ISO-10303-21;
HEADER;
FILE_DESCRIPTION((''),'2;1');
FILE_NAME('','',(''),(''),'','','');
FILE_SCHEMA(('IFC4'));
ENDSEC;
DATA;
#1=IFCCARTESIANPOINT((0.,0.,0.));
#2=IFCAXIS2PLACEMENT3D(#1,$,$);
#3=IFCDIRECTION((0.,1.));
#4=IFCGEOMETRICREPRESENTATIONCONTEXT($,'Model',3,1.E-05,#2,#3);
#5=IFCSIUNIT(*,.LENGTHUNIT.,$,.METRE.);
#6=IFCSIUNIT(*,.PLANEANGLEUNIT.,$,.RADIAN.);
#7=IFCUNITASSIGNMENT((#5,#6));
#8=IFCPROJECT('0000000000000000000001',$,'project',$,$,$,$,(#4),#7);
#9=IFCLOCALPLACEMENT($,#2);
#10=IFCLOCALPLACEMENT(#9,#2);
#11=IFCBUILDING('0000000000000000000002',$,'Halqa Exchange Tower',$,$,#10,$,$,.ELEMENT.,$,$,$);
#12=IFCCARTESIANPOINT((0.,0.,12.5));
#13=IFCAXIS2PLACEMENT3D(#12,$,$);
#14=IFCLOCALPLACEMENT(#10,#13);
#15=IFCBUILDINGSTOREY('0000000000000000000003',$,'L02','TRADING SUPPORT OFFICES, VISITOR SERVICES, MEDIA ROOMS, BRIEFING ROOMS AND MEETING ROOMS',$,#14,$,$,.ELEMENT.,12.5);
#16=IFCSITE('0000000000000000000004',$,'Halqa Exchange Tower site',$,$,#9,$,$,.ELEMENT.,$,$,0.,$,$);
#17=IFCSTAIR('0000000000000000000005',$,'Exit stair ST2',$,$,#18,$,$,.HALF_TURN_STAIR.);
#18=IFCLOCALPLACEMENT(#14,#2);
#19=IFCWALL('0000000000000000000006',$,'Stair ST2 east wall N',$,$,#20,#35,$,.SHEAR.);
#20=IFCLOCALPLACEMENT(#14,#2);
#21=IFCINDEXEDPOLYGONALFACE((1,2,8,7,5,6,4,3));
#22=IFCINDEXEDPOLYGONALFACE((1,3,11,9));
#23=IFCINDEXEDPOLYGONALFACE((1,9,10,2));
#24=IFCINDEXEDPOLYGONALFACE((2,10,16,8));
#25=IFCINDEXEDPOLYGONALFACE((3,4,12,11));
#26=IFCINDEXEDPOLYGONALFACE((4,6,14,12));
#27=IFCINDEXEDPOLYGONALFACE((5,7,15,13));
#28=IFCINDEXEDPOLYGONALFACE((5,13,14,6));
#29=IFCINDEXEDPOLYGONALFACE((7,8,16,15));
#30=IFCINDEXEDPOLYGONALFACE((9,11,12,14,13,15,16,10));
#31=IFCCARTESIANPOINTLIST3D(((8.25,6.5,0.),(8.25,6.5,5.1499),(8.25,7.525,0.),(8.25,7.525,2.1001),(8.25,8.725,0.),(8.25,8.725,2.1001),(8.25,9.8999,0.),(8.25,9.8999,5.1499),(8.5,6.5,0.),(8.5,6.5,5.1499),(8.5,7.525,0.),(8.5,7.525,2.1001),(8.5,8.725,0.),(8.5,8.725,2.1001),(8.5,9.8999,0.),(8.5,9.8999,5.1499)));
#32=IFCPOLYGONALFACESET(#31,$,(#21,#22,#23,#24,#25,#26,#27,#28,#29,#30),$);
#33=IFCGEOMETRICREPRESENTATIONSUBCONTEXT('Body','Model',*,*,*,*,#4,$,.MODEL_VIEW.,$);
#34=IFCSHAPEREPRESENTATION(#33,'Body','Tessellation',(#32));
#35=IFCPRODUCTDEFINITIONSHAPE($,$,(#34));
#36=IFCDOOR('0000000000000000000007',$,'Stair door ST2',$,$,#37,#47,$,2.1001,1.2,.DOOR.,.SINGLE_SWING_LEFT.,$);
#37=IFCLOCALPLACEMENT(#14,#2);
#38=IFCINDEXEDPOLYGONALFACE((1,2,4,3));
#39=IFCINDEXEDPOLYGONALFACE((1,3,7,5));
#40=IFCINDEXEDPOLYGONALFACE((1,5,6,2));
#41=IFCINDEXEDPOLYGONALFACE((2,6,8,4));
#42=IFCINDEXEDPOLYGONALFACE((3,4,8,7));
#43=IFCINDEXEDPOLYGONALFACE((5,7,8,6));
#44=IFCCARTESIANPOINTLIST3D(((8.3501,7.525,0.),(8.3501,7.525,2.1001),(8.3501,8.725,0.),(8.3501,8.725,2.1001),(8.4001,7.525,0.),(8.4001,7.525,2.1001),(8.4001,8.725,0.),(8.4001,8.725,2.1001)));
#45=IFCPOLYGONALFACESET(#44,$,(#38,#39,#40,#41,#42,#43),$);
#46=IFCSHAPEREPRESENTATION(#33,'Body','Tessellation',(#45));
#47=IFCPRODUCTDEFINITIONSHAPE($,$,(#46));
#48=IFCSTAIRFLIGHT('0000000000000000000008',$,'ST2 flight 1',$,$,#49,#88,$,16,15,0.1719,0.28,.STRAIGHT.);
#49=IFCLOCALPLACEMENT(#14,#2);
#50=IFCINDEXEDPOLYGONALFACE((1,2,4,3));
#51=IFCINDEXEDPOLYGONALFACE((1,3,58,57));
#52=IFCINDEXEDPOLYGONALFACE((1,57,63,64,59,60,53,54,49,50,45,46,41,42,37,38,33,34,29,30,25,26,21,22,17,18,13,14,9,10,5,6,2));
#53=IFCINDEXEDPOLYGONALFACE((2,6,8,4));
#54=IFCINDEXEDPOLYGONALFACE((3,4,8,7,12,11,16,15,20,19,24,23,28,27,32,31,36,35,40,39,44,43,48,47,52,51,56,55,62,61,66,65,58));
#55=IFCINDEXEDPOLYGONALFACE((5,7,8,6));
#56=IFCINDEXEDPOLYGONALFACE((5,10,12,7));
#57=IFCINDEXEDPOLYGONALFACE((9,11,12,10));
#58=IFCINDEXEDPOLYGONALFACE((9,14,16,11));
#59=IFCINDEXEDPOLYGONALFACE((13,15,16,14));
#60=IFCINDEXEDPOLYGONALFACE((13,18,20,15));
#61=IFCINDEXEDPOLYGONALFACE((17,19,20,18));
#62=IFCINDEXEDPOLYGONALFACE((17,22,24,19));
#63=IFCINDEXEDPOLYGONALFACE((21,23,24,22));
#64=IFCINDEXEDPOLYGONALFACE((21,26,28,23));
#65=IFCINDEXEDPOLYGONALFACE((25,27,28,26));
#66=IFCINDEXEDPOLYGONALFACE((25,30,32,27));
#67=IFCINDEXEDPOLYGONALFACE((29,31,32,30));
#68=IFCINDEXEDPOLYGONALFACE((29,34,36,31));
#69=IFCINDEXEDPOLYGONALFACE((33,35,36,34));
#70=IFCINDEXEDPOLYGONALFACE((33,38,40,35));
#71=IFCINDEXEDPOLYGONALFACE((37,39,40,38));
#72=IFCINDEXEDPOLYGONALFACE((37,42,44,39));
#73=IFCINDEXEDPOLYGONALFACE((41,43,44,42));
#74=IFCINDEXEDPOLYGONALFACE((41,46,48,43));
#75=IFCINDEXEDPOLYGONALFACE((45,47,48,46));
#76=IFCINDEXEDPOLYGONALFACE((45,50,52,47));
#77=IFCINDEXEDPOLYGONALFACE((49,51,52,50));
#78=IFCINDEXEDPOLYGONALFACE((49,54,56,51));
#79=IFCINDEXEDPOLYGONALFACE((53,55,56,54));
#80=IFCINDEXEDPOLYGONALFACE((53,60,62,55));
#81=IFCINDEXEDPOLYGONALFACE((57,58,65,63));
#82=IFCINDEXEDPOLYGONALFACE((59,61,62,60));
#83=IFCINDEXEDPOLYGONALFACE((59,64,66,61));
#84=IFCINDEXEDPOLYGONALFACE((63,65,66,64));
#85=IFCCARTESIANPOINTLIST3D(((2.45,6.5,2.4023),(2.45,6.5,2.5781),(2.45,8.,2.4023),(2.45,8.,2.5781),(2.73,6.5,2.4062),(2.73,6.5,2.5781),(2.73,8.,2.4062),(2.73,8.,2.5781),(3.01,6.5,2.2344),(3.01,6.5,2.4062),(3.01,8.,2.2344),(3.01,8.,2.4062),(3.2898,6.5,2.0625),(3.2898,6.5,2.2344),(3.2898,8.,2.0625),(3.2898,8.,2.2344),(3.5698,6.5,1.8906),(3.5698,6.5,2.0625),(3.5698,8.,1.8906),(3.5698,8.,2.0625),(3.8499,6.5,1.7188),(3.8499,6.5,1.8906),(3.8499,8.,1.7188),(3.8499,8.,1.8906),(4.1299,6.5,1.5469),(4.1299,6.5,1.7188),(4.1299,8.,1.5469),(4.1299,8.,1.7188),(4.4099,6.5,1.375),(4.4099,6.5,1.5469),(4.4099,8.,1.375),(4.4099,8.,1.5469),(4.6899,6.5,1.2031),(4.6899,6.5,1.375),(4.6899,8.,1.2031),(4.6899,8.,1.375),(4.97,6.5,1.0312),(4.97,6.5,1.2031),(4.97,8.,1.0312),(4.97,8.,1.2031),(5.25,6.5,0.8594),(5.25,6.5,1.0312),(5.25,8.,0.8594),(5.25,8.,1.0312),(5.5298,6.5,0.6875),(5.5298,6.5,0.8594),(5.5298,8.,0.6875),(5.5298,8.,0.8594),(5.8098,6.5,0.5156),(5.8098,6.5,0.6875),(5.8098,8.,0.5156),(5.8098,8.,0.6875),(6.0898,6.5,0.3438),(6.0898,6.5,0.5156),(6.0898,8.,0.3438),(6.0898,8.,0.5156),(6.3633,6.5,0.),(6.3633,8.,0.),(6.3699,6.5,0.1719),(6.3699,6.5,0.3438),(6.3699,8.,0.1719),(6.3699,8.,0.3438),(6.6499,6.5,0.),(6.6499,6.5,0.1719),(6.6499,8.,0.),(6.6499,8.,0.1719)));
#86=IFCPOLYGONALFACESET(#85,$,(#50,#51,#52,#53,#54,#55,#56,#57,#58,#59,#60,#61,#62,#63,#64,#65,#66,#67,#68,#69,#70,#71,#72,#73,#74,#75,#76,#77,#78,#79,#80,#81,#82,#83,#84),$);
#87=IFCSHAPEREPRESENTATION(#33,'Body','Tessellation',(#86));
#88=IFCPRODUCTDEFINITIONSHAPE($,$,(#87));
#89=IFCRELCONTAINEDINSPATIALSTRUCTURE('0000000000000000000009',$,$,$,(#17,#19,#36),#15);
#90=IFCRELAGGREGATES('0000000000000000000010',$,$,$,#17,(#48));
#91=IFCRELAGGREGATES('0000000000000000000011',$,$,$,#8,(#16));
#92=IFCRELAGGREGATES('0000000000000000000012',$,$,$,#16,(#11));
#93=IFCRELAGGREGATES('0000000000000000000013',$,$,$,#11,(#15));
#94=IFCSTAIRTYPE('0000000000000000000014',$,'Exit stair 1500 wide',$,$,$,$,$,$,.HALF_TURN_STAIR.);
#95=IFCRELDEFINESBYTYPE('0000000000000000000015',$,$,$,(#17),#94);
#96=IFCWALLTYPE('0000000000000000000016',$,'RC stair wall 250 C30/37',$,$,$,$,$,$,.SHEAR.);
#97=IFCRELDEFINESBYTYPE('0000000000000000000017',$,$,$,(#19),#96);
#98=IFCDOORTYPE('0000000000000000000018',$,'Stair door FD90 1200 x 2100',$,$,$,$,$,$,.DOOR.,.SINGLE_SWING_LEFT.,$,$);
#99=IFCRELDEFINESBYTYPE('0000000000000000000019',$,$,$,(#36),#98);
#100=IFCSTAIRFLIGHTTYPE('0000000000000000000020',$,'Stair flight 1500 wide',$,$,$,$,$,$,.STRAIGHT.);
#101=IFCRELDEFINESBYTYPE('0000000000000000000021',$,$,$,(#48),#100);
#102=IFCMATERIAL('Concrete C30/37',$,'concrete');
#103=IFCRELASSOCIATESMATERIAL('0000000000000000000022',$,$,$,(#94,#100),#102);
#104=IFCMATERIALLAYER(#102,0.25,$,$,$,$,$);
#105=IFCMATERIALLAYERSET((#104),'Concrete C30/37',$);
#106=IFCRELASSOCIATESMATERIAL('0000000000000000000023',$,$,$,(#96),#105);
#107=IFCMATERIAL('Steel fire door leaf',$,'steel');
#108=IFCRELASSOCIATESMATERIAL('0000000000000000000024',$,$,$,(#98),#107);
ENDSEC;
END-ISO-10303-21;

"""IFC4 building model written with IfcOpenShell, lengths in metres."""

from ifc_helpers import new_model, si_unit, direction, frame, frame_2d, origin, place, context, subcontext, project, spatial, polyline, rectangle, outline, extrude, material, layer, layer_set, type_object, element, fill, aggregate, save


model = new_model("IFC4")

# Units and contexts
model_context = context("Model", 3, precision=1e-05, world=origin(), true_north=direction((0.0, 1.0)))
body_context = subcontext(model_context, "Body", "Model", "MODEL_VIEW")
ifc_project = project(units=[si_unit("LENGTHUNIT", "METRE"), si_unit("PLANEANGLEUNIT", "RADIAN")], contexts=[model_context])

# Site, building, storey
site_placement = place(None, origin())
site = spatial("IfcSite", under=ifc_project, at=site_placement, Name="Halqa Exchange Tower site", CompositionType="ELEMENT", RefElevation=0.0)
building_placement = place(site_placement, origin())
building = spatial("IfcBuilding", under=site, at=building_placement, Name="Halqa Exchange Tower", CompositionType="ELEMENT")
storey_placement = place(building_placement, frame((0.0, 0.0, 12.5)))
storey = spatial("IfcBuildingStorey", under=building, at=storey_placement, Name="L02", Description="TRADING SUPPORT OFFICES, VISITOR SERVICES, MEDIA ROOMS, BRIEFING ROOMS AND MEETING ROOMS", CompositionType="ELEMENT", Elevation=12.5)

# Stair
ifc_material_1 = material(Name="Concrete C30/37", Category="concrete")
stair_type_1 = type_object("IfcStairType", Name="Exit stair 1500 wide", PredefinedType="HALF_TURN_STAIR", material=ifc_material_1)
stair_1_placement = place(storey_placement, origin())
stair_1 = element("IfcStair", 1, at=stair_1_placement, inside=storey, type_object=stair_type_1, Name="Exit stair ST2", PredefinedType="HALF_TURN_STAIR")

# Shared definitions
ifc_layer_1 = layer(ifc_material_1, 0.25)
ifc_layer_set_1 = layer_set([ifc_layer_1], Name="Concrete C30/37")
wall_type_1 = type_object("IfcWallType", Name="RC stair wall 250 C30/37", PredefinedType="SHEAR", material=ifc_layer_set_1)

# Wall, opening, door
wall_1_placement = place(storey_placement, frame((8.375, 6.5, 0.0), z_axis=(0.0, 0.0, 1.0), x_axis=(0.0, 1.0, 0.0)))
wall_1 = element("IfcWall", 2, at=wall_1_placement, inside=storey, type_object=wall_type_1, Name="Stair ST2 east wall N", PredefinedType="SHEAR", context=body_context, shape_type="SweptSolid", body=[
    extrude(rectangle(XDim=3.3999, YDim=0.25, at=frame_2d((1.7, 0.0))), origin(), (0.0, 0.0, 1.0), 5.1499),
])
opening_placement = place(wall_1_placement, frame((1.0249, 0.0, 0.0)))
opening = element("IfcOpeningElement", 3, at=opening_placement, cuts=wall_1, PredefinedType="OPENING", context=body_context, shape_type="SweptSolid", body=[
    extrude(rectangle(XDim=1.2, YDim=2.1001, at=frame_2d((0.6001, 1.05))), frame((0.0, 0.137, 0.0), z_axis=(0.0, -1.0, 0.0), x_axis=(1.0, 0.0, 0.0)), (0.0, 0.0, 1.0), 0.2739),
])
ifc_material_2 = material(Name="Steel fire door leaf", Category="steel")
door_type = type_object("IfcDoorType", Name="Stair door FD90 1200 x 2100", OperationType="SINGLE_SWING_LEFT", PredefinedType="DOOR", material=ifc_material_2)
door_placement = place(opening_placement, origin())
door = element("IfcDoor", 4, at=door_placement, inside=storey, type_object=door_type, Name="Stair door ST2", OperationType="SINGLE_SWING_LEFT", OverallHeight=2.1001, OverallWidth=1.2, PredefinedType="DOOR", context=body_context, shape_type="SweptSolid", body=[
    extrude(rectangle(XDim=1.2, YDim=2.1001, at=frame_2d((0.6001, 1.05))), frame((0.0, 0.0249, 0.0), z_axis=(0.0, -1.0, 0.0), x_axis=(1.0, 0.0, 0.0)), (0.0, 0.0, 1.0), 0.05),
])
fill(opening, door)

# Stair flight
stair_flight_type = type_object("IfcStairFlightType", Name="Stair flight 1500 wide", PredefinedType="STRAIGHT", material=ifc_material_1)
stair_flight_placement = place(storey_placement, frame((6.6499, 7.25, 0.0), z_axis=(0.0, 0.0, 1.0), x_axis=(-1.0, 0.0, 0.0)))
stair_flight = element("IfcStairFlight", 5, at=stair_flight_placement, type_object=stair_flight_type, Name="ST2 flight 1", NumberOfRisers=16, NumberOfTreads=15, PredefinedType="STRAIGHT", RiserHeight=0.1719, TreadLength=0.28, context=body_context, shape_type="SweptSolid", body=[
    extrude(outline(polyline([(0.0, 0.0), (0.0, 0.1719), (0.28, 0.1719), (0.28, 0.3438), (0.5601, 0.3438), (0.5601, 0.5156), (0.8401, 0.5156), (0.8401, 0.6875), (1.1201, 0.6875), (1.1201, 0.8594), (1.3999, 0.8594), (1.3999, 1.0312), (1.6799, 1.0312), (1.6799, 1.2031), (1.96, 1.2031), (1.96, 1.375), (2.24, 1.375), (2.24, 1.5469), (2.52, 1.5469), (2.52, 1.7188), (2.8, 1.7188), (2.8, 1.8906), (3.0801, 1.8906), (3.0801, 2.0625), (3.3601, 2.0625), (3.3601, 2.2344), (3.6399, 2.2344), (3.6399, 2.4062), (3.9199, 2.4062), (3.9199, 2.5781), (4.2, 2.5781), (4.2, 2.75), (4.2, 2.4023), (0.2866, 0.0), (0.0, 0.0)])), frame((0.0, 0.75, 0.0), z_axis=(0.0, -1.0, 0.0), x_axis=(1.0, 0.0, 0.0)), (0.0, 0.0, 1.0), 1.5),
])
aggregate(stair_1, [stair_flight])

save(model, "model.ifc")
